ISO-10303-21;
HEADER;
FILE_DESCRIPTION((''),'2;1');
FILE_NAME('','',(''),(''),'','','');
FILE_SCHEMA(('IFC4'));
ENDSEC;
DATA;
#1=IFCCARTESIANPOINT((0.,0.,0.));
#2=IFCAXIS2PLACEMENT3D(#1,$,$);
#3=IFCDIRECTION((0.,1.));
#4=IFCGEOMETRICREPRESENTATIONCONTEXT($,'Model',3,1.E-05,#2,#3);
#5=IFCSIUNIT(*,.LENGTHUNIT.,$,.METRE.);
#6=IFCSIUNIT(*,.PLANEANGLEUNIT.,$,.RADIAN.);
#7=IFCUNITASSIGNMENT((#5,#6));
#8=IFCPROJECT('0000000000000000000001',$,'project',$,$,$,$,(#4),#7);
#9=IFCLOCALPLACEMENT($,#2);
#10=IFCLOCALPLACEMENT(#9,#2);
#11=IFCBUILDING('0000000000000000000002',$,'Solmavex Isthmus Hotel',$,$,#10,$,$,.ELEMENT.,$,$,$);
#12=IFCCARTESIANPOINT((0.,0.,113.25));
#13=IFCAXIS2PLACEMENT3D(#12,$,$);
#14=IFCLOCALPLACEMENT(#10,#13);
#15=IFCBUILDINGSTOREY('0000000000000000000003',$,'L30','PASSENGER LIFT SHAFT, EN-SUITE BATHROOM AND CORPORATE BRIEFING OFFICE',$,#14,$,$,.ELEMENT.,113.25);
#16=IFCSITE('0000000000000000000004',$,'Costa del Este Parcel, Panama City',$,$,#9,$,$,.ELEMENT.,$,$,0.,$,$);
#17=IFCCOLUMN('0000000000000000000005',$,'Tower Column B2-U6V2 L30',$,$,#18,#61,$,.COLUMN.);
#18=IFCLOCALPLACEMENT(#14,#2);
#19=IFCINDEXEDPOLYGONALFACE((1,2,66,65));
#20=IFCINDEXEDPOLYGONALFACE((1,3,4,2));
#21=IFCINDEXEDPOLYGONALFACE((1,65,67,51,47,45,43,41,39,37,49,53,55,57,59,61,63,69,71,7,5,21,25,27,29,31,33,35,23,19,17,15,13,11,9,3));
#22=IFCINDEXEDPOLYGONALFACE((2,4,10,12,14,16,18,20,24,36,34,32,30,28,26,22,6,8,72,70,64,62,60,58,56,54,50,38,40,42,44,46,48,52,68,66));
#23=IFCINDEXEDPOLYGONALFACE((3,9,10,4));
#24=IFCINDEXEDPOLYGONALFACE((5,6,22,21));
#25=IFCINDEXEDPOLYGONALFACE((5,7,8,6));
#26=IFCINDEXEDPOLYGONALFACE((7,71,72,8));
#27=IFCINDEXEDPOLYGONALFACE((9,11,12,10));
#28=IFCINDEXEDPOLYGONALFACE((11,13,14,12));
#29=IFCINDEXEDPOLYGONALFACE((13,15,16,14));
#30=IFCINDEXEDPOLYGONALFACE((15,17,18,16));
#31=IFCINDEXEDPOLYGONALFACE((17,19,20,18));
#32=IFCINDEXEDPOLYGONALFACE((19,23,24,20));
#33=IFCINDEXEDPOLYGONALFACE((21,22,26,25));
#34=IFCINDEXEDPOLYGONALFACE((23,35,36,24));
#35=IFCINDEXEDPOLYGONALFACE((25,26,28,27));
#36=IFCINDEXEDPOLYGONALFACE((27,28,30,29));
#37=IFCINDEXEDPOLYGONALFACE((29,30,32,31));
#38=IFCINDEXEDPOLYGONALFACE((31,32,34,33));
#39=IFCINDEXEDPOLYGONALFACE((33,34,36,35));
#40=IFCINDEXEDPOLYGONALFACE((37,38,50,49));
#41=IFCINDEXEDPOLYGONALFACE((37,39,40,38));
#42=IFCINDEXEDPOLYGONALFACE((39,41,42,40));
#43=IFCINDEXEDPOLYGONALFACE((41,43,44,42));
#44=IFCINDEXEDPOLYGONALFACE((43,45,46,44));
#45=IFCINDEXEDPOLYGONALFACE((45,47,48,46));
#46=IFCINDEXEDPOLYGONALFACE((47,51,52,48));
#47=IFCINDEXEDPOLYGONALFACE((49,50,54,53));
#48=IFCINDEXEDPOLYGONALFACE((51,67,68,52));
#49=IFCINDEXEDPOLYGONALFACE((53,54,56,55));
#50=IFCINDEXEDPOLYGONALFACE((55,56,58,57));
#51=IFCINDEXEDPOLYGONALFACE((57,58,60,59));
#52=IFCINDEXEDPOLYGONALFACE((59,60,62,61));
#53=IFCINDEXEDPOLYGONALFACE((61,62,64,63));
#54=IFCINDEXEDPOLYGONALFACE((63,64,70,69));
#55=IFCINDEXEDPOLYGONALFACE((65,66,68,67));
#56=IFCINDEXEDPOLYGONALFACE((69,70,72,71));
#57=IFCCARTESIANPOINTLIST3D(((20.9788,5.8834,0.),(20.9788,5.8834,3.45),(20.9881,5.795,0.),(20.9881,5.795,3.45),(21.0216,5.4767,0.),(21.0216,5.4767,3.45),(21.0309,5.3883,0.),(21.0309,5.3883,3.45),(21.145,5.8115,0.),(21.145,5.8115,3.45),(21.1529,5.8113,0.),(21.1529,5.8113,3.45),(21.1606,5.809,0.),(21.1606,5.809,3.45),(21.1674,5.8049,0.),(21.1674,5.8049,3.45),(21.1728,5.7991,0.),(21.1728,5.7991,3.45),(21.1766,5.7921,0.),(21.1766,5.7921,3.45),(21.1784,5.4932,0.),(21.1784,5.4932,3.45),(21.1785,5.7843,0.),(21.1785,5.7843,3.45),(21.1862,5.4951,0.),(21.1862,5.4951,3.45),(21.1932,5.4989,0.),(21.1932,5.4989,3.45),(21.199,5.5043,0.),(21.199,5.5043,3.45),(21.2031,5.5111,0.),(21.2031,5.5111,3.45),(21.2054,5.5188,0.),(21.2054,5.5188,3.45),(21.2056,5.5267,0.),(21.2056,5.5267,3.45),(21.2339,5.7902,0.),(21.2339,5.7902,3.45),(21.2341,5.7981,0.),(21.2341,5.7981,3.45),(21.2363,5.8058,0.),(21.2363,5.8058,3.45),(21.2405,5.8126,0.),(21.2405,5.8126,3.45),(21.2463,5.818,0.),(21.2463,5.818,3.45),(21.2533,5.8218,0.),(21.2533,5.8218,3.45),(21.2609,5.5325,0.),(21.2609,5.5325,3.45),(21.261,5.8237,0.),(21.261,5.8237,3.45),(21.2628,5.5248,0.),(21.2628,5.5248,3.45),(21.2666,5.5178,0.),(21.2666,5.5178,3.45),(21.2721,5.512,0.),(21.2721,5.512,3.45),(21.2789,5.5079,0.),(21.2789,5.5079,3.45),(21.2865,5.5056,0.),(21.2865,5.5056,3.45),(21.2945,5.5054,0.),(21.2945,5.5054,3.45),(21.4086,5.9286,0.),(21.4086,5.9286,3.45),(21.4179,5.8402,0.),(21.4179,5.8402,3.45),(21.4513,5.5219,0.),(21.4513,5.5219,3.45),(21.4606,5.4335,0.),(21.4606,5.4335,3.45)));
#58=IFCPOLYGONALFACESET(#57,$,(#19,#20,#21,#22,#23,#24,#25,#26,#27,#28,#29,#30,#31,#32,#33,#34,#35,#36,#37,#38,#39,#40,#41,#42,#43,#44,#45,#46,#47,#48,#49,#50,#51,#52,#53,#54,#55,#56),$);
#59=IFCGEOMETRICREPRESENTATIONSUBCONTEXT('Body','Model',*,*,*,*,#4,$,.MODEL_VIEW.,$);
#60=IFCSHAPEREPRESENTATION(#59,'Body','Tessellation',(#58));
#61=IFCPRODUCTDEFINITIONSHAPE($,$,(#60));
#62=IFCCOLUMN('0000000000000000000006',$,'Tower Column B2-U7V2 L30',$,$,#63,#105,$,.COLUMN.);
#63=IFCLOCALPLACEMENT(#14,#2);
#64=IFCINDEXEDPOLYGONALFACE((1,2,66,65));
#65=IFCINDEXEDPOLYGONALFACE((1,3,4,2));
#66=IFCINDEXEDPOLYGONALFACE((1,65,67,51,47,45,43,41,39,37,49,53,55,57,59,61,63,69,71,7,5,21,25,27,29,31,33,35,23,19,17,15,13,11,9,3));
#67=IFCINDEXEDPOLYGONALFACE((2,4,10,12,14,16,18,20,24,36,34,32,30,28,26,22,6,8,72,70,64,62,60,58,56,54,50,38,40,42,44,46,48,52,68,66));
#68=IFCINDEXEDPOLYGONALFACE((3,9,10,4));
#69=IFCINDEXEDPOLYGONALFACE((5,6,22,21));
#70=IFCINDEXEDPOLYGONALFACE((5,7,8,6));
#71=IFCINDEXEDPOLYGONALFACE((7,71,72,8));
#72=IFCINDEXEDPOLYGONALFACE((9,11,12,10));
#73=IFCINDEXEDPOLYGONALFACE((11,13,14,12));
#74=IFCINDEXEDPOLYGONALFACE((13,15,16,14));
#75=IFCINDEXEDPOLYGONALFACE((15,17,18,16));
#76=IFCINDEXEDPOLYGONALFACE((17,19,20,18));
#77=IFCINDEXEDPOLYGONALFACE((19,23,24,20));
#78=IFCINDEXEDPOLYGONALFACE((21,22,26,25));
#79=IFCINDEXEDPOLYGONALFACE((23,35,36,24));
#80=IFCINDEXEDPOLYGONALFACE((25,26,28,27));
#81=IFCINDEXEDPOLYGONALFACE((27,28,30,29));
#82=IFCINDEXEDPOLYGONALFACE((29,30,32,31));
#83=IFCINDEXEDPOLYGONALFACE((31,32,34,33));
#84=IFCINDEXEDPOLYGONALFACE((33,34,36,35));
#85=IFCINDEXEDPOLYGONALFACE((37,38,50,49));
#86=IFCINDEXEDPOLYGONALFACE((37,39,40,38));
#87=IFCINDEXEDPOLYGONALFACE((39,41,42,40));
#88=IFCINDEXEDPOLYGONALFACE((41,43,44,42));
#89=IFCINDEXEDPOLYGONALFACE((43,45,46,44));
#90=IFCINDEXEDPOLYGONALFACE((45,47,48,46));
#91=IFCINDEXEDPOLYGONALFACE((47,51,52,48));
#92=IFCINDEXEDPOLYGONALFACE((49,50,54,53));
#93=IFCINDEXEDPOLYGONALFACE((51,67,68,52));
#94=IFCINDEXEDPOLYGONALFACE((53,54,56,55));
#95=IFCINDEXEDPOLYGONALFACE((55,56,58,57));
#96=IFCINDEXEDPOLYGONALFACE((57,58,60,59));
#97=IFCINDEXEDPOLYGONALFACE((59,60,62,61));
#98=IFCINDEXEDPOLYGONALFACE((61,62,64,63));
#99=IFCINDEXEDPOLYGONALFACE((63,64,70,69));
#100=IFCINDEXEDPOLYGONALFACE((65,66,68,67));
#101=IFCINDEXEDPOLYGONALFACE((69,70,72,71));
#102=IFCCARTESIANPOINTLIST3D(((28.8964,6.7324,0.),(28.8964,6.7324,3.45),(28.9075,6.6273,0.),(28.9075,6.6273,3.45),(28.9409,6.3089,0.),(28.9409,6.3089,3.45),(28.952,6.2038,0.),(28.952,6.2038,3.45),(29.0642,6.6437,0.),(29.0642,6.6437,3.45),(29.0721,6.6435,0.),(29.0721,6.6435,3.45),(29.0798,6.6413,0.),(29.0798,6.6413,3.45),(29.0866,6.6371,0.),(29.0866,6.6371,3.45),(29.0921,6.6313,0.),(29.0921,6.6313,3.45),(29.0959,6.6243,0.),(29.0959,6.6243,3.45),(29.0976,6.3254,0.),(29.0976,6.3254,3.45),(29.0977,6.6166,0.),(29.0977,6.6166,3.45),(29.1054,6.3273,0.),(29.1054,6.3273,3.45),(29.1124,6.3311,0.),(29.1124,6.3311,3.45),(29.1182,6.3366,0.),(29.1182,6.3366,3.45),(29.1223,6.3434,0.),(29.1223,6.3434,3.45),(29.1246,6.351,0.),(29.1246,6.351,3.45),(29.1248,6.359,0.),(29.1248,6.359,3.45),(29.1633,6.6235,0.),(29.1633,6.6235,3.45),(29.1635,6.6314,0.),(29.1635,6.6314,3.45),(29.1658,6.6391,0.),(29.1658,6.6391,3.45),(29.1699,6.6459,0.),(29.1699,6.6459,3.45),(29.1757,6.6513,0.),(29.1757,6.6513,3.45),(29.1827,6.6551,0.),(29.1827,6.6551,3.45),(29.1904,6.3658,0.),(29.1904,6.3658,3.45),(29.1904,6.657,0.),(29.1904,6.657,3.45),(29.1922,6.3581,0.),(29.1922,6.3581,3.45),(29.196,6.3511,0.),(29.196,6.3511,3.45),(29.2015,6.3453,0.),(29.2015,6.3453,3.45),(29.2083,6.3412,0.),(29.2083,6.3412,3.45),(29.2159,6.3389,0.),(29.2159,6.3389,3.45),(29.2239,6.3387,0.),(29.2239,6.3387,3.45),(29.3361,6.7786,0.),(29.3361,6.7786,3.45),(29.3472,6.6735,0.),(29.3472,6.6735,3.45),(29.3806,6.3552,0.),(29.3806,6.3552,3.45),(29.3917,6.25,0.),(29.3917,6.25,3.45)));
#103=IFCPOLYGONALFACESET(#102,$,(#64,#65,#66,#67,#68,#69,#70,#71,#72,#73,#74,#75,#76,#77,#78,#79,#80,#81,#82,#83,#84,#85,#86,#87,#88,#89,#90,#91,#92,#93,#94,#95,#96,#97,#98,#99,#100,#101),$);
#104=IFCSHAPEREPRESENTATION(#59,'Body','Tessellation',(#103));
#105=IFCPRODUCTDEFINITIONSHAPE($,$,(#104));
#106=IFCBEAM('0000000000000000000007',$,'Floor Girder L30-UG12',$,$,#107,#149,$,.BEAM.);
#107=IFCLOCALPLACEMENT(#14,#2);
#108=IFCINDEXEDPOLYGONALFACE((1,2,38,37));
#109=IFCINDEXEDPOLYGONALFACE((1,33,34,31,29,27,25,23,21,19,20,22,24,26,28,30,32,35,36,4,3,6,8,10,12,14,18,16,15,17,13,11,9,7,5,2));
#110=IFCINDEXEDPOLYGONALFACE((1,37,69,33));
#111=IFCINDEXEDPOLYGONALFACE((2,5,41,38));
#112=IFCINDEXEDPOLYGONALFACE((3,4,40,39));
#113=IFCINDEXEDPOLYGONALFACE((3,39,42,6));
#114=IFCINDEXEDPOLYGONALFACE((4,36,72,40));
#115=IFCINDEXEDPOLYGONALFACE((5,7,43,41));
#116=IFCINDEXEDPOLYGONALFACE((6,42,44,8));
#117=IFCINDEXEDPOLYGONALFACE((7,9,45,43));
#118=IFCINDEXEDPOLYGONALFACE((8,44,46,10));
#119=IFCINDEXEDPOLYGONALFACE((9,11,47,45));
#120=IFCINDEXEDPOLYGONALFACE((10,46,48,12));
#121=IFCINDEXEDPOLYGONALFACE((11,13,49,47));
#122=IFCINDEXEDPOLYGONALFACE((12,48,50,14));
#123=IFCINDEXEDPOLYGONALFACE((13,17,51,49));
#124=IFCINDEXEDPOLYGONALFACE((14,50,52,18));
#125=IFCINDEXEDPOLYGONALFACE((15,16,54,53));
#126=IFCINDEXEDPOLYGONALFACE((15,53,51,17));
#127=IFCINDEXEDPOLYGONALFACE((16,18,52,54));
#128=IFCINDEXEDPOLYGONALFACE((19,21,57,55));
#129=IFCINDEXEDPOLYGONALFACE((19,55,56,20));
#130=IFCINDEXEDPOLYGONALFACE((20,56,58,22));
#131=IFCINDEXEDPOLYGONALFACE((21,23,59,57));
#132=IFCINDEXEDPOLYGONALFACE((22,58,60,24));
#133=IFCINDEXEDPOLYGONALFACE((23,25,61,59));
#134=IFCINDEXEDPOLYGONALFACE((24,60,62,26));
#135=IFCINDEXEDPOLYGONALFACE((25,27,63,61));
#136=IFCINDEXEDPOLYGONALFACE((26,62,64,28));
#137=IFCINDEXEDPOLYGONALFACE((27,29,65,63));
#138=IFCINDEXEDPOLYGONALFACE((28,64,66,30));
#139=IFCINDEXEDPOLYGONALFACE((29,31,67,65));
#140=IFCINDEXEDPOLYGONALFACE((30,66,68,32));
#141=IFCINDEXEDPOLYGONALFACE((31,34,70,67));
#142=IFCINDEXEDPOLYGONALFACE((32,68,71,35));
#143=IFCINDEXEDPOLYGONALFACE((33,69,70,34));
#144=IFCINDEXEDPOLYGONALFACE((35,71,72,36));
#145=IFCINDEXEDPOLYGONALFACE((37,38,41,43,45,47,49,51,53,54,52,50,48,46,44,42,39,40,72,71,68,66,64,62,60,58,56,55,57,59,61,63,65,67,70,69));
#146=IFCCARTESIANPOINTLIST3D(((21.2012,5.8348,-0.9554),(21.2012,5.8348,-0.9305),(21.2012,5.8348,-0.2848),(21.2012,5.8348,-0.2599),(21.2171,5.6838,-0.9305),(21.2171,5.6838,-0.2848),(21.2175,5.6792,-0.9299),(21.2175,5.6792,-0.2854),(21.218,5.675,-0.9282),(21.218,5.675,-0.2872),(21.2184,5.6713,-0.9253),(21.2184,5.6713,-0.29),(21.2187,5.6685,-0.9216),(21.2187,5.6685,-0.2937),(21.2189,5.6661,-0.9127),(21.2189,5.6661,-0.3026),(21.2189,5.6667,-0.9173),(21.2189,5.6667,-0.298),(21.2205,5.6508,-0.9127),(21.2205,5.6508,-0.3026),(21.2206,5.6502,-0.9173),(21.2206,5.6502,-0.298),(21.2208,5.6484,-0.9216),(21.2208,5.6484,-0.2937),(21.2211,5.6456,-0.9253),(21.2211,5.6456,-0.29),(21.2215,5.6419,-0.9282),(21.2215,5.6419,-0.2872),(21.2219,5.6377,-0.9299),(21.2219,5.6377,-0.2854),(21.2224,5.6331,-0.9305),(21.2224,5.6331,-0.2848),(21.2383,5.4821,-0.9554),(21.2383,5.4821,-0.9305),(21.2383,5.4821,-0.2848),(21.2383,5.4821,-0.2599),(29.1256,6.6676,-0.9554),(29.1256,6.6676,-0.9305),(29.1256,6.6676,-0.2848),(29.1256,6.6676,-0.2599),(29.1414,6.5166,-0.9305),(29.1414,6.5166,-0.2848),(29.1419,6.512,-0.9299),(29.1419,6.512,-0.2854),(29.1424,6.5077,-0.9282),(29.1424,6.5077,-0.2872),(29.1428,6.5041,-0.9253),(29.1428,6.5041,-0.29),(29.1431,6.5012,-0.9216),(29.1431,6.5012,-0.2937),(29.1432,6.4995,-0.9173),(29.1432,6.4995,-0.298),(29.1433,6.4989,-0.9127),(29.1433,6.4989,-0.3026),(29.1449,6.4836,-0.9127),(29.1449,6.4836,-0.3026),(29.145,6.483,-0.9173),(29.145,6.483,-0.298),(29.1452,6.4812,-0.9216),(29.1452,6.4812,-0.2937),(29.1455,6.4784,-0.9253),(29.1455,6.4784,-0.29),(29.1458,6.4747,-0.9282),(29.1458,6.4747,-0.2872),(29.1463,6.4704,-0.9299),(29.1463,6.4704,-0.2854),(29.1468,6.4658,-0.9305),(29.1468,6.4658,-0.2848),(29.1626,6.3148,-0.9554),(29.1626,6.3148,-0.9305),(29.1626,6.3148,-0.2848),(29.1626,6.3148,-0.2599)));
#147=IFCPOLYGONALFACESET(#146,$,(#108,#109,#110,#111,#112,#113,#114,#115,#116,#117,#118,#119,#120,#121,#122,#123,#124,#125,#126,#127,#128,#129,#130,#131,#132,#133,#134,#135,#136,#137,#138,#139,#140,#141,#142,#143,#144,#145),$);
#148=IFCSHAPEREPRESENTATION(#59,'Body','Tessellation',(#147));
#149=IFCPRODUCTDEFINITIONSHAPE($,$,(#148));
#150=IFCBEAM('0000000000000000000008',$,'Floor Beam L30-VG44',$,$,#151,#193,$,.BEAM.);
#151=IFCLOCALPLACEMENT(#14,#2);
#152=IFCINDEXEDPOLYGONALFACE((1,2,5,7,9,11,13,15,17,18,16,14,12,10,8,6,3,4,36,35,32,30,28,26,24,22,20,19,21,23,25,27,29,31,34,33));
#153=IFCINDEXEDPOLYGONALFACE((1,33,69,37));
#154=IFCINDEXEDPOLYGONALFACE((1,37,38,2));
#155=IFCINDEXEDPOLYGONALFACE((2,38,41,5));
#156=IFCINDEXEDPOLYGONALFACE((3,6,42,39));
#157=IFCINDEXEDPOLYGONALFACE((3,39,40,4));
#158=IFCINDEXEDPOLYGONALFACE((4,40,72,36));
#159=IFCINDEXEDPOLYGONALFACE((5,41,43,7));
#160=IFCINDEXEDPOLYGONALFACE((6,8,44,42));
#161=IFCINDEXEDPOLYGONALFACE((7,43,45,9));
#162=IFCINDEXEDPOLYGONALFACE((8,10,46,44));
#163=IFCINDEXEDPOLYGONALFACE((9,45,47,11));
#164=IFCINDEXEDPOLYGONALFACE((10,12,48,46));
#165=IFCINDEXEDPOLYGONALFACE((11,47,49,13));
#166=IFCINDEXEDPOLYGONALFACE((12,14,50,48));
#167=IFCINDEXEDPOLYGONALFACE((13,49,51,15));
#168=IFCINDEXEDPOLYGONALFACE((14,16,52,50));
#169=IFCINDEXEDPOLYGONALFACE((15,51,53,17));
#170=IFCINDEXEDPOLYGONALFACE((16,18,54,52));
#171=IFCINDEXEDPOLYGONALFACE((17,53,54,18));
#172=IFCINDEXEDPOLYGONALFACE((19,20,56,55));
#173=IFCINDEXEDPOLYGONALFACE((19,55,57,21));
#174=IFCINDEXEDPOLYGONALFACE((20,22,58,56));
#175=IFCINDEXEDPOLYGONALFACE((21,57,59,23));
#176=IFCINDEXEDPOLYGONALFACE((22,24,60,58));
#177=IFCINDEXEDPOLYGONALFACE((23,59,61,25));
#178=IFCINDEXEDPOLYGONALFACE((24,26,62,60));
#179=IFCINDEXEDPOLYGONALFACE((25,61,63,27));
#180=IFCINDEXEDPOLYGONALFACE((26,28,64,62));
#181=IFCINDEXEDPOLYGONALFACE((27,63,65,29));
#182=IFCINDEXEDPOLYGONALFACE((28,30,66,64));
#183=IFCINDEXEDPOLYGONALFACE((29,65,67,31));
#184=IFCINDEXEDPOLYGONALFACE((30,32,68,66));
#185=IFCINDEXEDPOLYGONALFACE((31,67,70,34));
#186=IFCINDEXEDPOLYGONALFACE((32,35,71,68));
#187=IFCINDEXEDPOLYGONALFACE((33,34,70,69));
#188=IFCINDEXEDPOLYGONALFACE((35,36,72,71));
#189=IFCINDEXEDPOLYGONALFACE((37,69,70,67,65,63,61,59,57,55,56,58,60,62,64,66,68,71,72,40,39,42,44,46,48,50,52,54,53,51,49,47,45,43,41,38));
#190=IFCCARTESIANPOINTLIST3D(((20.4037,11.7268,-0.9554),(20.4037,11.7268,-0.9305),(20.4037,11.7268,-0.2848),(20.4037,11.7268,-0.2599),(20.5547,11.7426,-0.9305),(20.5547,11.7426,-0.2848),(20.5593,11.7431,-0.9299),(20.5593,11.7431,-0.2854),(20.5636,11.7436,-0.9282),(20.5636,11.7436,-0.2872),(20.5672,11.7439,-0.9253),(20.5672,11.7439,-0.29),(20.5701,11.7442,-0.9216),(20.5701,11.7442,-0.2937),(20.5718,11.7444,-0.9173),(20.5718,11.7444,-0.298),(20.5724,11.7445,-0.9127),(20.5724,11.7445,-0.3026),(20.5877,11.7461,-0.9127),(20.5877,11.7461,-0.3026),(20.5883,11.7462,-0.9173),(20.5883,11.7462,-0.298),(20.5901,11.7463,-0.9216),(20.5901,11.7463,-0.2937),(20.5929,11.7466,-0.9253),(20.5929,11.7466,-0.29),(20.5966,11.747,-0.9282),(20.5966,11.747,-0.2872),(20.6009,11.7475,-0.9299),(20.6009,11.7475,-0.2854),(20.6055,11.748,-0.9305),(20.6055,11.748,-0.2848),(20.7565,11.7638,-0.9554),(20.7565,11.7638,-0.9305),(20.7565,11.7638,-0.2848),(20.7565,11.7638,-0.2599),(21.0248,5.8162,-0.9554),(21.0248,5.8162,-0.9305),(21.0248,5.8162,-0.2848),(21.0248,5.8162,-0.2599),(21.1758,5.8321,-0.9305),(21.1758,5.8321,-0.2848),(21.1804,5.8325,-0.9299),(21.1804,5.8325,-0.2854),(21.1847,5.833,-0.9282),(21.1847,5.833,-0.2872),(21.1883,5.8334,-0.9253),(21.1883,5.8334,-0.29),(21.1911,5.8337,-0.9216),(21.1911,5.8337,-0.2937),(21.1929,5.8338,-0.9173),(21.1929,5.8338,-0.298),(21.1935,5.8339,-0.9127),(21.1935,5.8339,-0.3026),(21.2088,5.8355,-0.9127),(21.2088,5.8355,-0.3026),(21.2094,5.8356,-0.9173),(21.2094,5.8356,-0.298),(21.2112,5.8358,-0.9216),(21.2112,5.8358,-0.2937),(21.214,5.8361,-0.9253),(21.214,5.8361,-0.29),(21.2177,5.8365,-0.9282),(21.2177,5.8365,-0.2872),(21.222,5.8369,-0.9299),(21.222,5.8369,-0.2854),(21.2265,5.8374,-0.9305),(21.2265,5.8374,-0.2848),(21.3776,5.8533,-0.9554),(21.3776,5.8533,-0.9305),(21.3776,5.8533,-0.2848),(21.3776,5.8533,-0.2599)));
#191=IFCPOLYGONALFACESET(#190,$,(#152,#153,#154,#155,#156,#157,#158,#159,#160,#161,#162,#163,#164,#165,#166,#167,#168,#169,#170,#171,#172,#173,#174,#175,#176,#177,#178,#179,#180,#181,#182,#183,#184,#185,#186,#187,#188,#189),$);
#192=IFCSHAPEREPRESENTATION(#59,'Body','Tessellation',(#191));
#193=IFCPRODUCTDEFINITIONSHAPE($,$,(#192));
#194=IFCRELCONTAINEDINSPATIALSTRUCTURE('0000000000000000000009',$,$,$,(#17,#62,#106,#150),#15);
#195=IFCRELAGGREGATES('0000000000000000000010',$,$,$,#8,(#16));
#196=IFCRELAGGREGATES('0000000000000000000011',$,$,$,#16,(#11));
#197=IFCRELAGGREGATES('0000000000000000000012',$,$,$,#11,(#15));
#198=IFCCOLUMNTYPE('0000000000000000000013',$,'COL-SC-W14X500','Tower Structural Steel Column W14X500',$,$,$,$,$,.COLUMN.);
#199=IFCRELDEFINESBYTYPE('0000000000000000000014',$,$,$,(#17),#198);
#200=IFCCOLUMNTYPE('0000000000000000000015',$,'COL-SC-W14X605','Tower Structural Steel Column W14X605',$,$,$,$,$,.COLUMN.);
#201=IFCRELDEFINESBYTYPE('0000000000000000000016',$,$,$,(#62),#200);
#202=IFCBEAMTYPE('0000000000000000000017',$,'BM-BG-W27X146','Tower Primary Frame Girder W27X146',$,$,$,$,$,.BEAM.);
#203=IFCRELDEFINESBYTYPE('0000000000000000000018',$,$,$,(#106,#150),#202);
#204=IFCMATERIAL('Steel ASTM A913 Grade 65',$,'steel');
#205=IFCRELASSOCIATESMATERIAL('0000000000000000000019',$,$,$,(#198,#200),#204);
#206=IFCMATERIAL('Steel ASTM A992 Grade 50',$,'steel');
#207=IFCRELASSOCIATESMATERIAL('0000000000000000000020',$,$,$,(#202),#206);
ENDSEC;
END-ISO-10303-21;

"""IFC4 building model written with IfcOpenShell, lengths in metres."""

from ifc_helpers import new_model, si_unit, direction, frame, origin, origin_2d, place, context, subcontext, project, spatial, i_section, extrude, material, material_profile, profile_set, type_object, element, save


model = new_model("IFC4")

# Units and contexts
model_context = context("Model", 3, precision=1e-05, world=origin(), true_north=direction((0.0, 1.0)))
body_context = subcontext(model_context, "Body", "Model", "MODEL_VIEW")
ifc_project = project(units=[si_unit("LENGTHUNIT", "METRE"), si_unit("PLANEANGLEUNIT", "RADIAN")], contexts=[model_context])

# Site, building, storey
site_placement = place(None, origin())
site = spatial("IfcSite", under=ifc_project, at=site_placement, Name="Costa del Este Parcel, Panama City", CompositionType="ELEMENT", RefElevation=0.0)
building_placement = place(site_placement, origin())
building = spatial("IfcBuilding", under=site, at=building_placement, Name="Solmavex Isthmus Hotel", CompositionType="ELEMENT")
storey_placement = place(building_placement, frame((0.0, 0.0, 113.25)))
storey = spatial("IfcBuildingStorey", under=building, at=storey_placement, Name="L30", Description="PASSENGER LIFT SHAFT, EN-SUITE BATHROOM AND CORPORATE BRIEFING OFFICE", CompositionType="ELEMENT", Elevation=113.25)

# Columns
ifc_material_1 = material(Name="Steel ASTM A913 Grade 65", Category="steel")
ifc_material_profile_1 = material_profile(ifc_material_1, i_section(OverallWidth=0.4321, OverallDepth=0.4978, WebThickness=0.0557, FlangeThickness=0.0889, FilletRadius=0.0305, at=origin_2d()), Name="W14X500")
ifc_profile_set_1 = profile_set([ifc_material_profile_1], Name="Steel ASTM A913 Grade 65")
column_type_1 = type_object("IfcColumnType", Name="COL-SC-W14X500", Description="Tower Structural Steel Column W14X500", PredefinedType="COLUMN", material=ifc_profile_set_1)
column_1_placement = place(storey_placement, frame((21.2197, 5.6584, 0.0), z_axis=(0.0, 0.0, 1.0), x_axis=(0.994522, 0.104528, 0.0)))
element("IfcColumn", 1, at=column_1_placement, inside=storey, type_object=column_type_1, Name="Tower Column B2-U6V2 L30", PredefinedType="COLUMN", context=body_context, shape_type="SweptSolid", body=[
    extrude(i_section(OverallWidth=0.4321, OverallDepth=0.4978, WebThickness=0.0557, FlangeThickness=0.0889, FilletRadius=0.0305, at=origin_2d()), origin(), (0.0, 0.0, 1.0), 3.45),
])
ifc_material_profile_2 = material_profile(ifc_material_1, i_section(OverallWidth=0.4421, OverallDepth=0.5315, WebThickness=0.0659, FlangeThickness=0.1057, FilletRadius=0.0305, at=origin_2d()), Name="W14X605")
ifc_profile_set_2 = profile_set([ifc_material_profile_2], Name="Steel ASTM A913 Grade 65")
column_type_2 = type_object("IfcColumnType", Name="COL-SC-W14X605", Description="Tower Structural Steel Column W14X605", PredefinedType="COLUMN", material=ifc_profile_set_2)
column_2_placement = place(storey_placement, frame((29.144, 6.4912, 0.0), z_axis=(0.0, 0.0, 1.0), x_axis=(0.994522, 0.104528, 0.0)))
element("IfcColumn", 2, at=column_2_placement, inside=storey, type_object=column_type_2, Name="Tower Column B2-U7V2 L30", PredefinedType="COLUMN", context=body_context, shape_type="SweptSolid", body=[
    extrude(i_section(OverallWidth=0.4421, OverallDepth=0.5315, WebThickness=0.0659, FlangeThickness=0.1057, FilletRadius=0.0305, at=origin_2d()), origin(), (0.0, 0.0, 1.0), 3.45),
])

# Beams
ifc_material_2 = material(Name="Steel ASTM A992 Grade 50", Category="steel")
ifc_material_profile_3 = material_profile(ifc_material_2, i_section(OverallWidth=0.3547, OverallDepth=0.6956, WebThickness=0.0154, FlangeThickness=0.0249, FilletRadius=0.0178, at=origin_2d()), Name="W27X146")
ifc_profile_set_3 = profile_set([ifc_material_profile_3], Name="Steel ASTM A992 Grade 50")
beam_type_1 = type_object("IfcBeamType", Name="BM-BG-W27X146", Description="Tower Primary Frame Girder W27X146", PredefinedType="BEAM", material=ifc_profile_set_3)
beam_1_placement = place(storey_placement, frame((21.2197, 5.6584, -0.6077), z_axis=(0.994523, 0.104514, 0.0), x_axis=(-0.104514, 0.994523, 0.0)))
element("IfcBeam", 3, at=beam_1_placement, inside=storey, type_object=beam_type_1, Name="Floor Girder L30-UG12", PredefinedType="BEAM", context=body_context, shape_type="SweptSolid", body=[
    extrude(i_section(OverallWidth=0.3547, OverallDepth=0.6956, WebThickness=0.0154, FlangeThickness=0.0249, FilletRadius=0.0178, at=origin_2d()), origin(), (0.0, 0.0, 1.0), 7.968),
])
beam_2_placement = place(storey_placement, frame((21.2012, 5.8347, -0.6077), z_axis=(-0.104505, 0.994524, 0.0), x_axis=(-0.994524, -0.104505, 0.0)))
element("IfcBeam", 4, at=beam_2_placement, inside=storey, type_object=beam_type_1, Name="Floor Beam L30-VG44", PredefinedType="BEAM", context=body_context, shape_type="SweptSolid", body=[
    extrude(i_section(OverallWidth=0.3547, OverallDepth=0.6956, WebThickness=0.0154, FlangeThickness=0.0249, FilletRadius=0.0178, at=origin_2d()), origin(), (0.0, 0.0, 1.0), 5.9431),
])

save(model, "model.ifc")
